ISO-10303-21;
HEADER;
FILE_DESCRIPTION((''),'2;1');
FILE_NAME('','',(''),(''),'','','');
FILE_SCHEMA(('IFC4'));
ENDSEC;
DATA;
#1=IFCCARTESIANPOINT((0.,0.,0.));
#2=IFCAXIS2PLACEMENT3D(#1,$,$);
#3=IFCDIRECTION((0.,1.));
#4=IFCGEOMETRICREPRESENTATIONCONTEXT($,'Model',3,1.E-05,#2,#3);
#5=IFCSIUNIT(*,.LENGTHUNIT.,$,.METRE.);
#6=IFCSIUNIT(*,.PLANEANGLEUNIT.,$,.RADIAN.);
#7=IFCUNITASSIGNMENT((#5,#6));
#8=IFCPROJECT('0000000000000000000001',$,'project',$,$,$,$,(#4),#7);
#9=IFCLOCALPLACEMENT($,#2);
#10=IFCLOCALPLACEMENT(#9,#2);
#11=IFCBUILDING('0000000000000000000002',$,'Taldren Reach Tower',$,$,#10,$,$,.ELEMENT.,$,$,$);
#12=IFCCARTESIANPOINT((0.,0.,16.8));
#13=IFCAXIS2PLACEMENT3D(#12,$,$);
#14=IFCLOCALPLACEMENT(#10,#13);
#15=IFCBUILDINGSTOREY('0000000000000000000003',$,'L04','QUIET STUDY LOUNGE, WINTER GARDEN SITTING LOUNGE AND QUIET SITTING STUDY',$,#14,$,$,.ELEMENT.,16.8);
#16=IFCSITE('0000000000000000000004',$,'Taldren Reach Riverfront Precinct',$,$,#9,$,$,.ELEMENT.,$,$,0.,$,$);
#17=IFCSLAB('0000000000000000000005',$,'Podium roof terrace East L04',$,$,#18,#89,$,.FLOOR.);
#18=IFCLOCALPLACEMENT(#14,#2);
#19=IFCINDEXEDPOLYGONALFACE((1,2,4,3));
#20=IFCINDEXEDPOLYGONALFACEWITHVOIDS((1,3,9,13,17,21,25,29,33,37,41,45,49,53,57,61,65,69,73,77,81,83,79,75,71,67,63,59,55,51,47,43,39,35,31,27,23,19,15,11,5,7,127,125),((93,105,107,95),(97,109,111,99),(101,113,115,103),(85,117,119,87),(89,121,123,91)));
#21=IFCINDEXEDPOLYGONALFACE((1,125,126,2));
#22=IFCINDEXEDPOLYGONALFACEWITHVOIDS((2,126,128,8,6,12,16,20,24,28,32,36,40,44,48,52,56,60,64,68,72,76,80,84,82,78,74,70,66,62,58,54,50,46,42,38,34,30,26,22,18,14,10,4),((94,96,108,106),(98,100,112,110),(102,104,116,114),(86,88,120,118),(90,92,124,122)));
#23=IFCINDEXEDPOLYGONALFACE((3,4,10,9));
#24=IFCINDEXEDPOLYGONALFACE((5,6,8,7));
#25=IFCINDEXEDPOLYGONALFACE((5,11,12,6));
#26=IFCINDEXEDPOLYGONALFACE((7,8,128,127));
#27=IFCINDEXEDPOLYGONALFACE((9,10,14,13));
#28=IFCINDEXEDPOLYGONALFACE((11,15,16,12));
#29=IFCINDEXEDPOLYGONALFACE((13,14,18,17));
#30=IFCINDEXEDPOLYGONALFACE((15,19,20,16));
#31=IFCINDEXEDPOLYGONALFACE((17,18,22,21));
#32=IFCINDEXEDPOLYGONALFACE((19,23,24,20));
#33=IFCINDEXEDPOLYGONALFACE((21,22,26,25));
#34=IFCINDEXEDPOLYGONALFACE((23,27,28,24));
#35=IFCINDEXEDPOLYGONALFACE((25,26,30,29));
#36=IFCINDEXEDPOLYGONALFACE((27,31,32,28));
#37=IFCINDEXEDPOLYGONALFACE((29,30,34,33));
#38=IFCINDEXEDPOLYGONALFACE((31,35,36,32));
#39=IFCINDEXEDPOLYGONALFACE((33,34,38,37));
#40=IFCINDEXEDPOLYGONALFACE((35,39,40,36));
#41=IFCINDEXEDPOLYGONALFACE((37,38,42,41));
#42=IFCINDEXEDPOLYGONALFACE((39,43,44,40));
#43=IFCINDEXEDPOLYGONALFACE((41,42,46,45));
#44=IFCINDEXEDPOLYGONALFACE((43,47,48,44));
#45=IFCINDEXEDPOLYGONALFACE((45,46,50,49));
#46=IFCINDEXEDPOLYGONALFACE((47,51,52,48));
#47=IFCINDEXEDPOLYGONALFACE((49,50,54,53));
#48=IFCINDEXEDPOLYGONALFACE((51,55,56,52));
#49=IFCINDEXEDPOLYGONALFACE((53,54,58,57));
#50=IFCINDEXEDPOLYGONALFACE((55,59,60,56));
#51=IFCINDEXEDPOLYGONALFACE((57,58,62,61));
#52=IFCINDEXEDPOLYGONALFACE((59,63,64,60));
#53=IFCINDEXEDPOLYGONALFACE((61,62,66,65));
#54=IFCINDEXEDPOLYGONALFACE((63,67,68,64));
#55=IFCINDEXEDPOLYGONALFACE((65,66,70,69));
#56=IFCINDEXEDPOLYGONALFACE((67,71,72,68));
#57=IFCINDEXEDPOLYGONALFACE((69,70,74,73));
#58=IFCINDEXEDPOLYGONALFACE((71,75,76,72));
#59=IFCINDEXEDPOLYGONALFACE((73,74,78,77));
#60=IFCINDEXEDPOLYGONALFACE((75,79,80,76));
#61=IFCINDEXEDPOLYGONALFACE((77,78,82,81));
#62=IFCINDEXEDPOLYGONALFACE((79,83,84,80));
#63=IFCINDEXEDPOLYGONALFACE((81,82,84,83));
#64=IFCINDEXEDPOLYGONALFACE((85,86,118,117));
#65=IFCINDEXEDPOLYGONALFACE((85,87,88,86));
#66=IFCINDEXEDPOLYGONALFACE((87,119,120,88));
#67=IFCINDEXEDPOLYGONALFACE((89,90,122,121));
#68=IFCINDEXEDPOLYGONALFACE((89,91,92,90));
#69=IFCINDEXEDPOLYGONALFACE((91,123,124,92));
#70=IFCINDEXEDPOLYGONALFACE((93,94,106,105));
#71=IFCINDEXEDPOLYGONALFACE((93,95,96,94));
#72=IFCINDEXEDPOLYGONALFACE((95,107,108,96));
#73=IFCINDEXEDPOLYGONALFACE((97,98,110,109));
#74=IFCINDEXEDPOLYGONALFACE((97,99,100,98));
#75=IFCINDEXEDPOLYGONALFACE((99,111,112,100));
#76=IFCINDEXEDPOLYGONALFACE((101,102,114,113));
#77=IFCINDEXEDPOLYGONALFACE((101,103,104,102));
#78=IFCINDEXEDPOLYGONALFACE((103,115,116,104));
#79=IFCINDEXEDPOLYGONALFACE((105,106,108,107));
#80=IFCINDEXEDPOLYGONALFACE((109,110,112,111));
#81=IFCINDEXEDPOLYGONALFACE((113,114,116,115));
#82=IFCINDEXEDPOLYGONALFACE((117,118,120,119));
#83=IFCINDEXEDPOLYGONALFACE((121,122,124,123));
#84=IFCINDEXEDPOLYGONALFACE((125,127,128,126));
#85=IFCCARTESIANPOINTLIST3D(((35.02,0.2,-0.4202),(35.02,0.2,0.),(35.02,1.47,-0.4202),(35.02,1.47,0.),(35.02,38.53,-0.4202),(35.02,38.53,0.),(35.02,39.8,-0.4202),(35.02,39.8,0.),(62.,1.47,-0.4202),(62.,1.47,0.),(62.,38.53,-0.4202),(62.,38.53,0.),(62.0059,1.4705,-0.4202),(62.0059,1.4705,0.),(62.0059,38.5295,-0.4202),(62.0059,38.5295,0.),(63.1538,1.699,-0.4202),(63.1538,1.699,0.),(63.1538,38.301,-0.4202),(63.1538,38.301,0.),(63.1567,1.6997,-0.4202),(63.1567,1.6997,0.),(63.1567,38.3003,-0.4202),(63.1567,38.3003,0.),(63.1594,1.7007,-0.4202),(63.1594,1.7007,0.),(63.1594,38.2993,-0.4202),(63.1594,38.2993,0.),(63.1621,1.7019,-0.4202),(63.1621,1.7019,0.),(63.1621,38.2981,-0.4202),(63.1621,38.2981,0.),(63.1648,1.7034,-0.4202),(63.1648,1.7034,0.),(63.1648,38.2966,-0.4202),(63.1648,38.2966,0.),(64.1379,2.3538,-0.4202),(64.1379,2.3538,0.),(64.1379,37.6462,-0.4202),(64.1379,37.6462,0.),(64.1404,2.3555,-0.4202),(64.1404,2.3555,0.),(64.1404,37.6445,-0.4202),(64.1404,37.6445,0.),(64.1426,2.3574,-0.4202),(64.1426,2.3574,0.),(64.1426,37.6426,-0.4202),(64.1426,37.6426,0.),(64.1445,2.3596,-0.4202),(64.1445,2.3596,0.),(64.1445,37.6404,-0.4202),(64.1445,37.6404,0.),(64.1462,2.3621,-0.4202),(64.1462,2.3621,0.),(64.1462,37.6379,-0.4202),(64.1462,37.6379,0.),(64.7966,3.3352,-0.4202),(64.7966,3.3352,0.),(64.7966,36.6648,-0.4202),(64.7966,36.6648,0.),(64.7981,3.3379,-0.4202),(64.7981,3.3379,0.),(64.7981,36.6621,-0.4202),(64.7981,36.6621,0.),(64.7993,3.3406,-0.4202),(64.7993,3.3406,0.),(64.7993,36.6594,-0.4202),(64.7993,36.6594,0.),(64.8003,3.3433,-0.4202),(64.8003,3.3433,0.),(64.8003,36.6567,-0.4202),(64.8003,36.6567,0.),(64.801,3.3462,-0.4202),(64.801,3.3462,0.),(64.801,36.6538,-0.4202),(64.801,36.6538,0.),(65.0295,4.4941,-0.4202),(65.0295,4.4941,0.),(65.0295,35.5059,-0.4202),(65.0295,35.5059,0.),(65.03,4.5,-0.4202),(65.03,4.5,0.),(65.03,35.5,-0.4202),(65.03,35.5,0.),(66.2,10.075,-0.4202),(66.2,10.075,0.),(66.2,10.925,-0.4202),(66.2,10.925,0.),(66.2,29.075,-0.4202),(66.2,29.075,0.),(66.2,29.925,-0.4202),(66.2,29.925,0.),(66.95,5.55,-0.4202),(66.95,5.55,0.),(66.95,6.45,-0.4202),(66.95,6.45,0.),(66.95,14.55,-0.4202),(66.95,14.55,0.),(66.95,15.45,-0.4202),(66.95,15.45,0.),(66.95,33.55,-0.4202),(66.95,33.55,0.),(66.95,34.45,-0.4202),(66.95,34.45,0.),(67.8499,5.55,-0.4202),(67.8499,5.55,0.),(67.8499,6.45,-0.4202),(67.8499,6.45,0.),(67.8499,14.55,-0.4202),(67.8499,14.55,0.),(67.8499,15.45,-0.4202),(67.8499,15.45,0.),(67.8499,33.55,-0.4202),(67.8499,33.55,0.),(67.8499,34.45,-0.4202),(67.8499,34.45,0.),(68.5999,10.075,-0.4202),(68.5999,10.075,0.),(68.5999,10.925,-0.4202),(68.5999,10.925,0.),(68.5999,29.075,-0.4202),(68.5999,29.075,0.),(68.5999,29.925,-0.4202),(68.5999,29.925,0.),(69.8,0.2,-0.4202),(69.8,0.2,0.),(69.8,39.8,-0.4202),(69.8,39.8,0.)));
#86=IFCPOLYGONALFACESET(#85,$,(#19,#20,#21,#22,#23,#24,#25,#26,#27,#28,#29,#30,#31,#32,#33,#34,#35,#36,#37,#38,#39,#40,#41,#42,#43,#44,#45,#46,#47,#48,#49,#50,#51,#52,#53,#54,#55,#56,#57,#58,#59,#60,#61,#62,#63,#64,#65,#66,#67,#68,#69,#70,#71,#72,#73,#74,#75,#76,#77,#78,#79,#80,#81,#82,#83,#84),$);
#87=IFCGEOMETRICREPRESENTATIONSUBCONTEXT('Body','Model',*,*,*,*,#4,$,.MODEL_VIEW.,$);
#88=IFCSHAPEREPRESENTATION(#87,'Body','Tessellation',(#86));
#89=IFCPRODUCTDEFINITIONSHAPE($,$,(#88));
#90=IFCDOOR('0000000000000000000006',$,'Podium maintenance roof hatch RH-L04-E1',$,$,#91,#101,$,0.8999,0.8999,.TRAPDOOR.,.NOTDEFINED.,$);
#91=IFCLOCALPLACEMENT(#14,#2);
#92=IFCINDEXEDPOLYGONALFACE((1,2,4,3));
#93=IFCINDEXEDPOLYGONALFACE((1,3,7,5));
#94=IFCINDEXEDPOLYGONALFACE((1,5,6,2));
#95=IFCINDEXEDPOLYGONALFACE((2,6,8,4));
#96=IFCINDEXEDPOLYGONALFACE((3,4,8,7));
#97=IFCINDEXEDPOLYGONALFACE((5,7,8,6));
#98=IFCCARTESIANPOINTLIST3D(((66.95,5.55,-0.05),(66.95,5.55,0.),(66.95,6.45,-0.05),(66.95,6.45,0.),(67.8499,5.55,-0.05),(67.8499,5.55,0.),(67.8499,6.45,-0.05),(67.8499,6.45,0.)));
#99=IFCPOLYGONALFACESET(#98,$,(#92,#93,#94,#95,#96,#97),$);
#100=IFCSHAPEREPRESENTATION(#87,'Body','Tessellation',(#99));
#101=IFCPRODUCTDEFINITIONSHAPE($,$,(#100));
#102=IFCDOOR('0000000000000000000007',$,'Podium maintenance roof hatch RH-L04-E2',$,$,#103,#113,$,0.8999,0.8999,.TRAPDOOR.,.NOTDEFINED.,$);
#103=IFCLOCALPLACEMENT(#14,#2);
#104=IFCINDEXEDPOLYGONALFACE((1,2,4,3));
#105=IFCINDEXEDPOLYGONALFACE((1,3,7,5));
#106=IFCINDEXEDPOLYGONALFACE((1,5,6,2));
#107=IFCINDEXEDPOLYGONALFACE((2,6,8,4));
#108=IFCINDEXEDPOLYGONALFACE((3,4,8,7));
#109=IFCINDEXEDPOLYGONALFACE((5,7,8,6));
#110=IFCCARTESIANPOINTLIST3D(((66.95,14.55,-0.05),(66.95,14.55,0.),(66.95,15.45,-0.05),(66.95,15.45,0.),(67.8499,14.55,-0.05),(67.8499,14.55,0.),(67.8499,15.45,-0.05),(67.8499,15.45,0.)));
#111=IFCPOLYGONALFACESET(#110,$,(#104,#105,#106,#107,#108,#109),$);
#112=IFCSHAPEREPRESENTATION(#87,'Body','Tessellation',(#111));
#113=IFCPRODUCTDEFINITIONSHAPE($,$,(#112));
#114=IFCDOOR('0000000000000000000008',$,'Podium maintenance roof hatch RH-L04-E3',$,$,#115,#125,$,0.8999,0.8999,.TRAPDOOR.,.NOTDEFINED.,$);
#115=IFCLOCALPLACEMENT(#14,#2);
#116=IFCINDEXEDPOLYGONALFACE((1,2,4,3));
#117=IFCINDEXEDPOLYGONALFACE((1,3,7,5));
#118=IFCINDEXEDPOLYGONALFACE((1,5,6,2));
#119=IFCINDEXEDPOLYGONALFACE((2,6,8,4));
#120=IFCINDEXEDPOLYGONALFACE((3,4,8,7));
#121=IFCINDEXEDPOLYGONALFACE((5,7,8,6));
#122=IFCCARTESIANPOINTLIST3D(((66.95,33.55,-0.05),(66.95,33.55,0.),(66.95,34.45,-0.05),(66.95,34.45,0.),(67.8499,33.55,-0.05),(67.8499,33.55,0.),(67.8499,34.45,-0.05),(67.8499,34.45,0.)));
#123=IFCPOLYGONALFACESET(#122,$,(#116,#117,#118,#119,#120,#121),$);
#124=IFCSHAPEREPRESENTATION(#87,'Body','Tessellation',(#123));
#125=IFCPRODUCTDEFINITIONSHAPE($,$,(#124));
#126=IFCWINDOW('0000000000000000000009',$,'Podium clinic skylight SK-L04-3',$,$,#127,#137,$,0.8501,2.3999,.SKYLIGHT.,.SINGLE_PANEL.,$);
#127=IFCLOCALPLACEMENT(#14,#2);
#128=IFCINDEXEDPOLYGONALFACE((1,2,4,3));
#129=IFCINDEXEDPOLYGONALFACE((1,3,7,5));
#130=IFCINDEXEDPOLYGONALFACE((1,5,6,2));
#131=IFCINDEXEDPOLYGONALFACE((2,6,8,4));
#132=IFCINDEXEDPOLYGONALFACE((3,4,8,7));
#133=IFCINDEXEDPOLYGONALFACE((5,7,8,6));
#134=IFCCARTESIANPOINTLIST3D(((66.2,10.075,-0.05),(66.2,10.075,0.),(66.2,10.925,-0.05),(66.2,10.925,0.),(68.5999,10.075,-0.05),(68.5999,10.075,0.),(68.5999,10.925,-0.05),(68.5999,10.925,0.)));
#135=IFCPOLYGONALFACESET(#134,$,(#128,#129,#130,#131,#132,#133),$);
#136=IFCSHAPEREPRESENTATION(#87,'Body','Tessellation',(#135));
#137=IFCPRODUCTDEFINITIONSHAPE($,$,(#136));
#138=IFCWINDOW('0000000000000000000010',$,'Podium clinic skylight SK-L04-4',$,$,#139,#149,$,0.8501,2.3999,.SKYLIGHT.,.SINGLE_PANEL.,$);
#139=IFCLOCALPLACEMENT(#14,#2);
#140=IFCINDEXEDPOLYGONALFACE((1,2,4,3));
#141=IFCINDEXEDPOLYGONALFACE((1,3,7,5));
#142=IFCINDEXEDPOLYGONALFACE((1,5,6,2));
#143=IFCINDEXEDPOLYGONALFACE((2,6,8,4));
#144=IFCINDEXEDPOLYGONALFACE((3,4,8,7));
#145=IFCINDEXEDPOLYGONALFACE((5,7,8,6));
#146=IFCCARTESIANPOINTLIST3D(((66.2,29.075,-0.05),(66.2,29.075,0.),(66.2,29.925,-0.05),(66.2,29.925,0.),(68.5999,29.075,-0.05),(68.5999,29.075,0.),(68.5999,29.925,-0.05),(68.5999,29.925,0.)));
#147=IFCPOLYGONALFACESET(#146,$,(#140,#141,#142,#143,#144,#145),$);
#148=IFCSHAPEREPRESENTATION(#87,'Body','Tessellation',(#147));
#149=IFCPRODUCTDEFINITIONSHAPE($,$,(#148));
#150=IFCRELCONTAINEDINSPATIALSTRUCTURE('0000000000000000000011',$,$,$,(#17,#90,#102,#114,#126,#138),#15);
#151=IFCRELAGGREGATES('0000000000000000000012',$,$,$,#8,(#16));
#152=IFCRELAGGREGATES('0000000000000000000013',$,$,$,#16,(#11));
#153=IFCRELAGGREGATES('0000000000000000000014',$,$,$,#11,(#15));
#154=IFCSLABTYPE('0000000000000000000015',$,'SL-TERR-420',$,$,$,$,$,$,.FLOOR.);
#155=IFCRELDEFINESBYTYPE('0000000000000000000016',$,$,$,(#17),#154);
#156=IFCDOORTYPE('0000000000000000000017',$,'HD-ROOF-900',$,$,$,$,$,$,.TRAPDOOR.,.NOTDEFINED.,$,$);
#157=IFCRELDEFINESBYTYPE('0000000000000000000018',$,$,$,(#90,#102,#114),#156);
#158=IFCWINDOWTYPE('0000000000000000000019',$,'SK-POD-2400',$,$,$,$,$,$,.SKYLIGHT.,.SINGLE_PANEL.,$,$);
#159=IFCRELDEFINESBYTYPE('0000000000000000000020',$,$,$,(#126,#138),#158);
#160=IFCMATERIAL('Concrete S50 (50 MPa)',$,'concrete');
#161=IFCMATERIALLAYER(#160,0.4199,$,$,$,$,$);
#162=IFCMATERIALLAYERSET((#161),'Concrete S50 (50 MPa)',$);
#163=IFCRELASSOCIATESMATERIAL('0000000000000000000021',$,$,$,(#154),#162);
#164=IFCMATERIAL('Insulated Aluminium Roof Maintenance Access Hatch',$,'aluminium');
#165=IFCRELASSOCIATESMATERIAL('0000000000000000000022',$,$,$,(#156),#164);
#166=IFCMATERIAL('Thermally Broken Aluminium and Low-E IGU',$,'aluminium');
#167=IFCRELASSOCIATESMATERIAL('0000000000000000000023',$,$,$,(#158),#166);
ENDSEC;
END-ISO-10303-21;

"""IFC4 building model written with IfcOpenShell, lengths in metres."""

from ifc_helpers import new_model, si_unit, direction, frame, origin, origin_2d, place, context, subcontext, project, spatial, polyline, rectangle, outline, extrude, material, layer, layer_set, type_object, element, fill, save


model = new_model("IFC4")

# Units and contexts
model_context = context("Model", 3, precision=1e-05, world=origin(), true_north=direction((0.0, 1.0)))
body_context = subcontext(model_context, "Body", "Model", "MODEL_VIEW")
ifc_project = project(units=[si_unit("LENGTHUNIT", "METRE"), si_unit("PLANEANGLEUNIT", "RADIAN")], contexts=[model_context])

# Site, building, storey
site_placement = place(None, origin())
site = spatial("IfcSite", under=ifc_project, at=site_placement, Name="Taldren Reach Riverfront Precinct", CompositionType="ELEMENT", RefElevation=0.0)
building_placement = place(site_placement, origin())
building = spatial("IfcBuilding", under=site, at=building_placement, Name="Taldren Reach Tower", CompositionType="ELEMENT")
storey_placement = place(building_placement, frame((0.0, 0.0, 16.8)))
storey = spatial("IfcBuildingStorey", under=building, at=storey_placement, Name="L04", Description="QUIET STUDY LOUNGE, WINTER GARDEN SITTING LOUNGE AND QUIET SITTING STUDY", CompositionType="ELEMENT", Elevation=16.8)

# Shared definitions
ifc_material_1 = material(Name="Concrete S50 (50 MPa)", Category="concrete")

# Slab, openings, doors, windows
ifc_layer_1 = layer(ifc_material_1, 0.4199)
ifc_layer_set_1 = layer_set([ifc_layer_1], Name="Concrete S50 (50 MPa)")
slab_type_1 = type_object("IfcSlabType", Name="SL-TERR-420", PredefinedType="FLOOR", material=ifc_layer_set_1)
ifc_material_2 = material(Name="Insulated Aluminium Roof Maintenance Access Hatch", Category="aluminium")
door_type = type_object("IfcDoorType", Name="HD-ROOF-900", OperationType="NOTDEFINED", PredefinedType="TRAPDOOR", material=ifc_material_2)
ifc_material_3 = material(Name="Thermally Broken Aluminium and Low-E IGU", Category="aluminium")
window_type = type_object("IfcWindowType", Name="SK-POD-2400", PartitioningType="SINGLE_PANEL", PredefinedType="SKYLIGHT", material=ifc_material_3)
slab_1_placement = place(storey_placement, frame((0.0, 0.0, -0.4202)))
slab_1 = element("IfcSlab", 1, at=slab_1_placement, inside=storey, type_object=slab_type_1, Name="Podium roof terrace East L04", PredefinedType="FLOOR", context=body_context, shape_type="SweptSolid", body=[
    extrude(outline(polyline([(35.02, 39.8), (69.8, 39.8), (69.8, 0.2), (35.02, 0.2), (35.02, 1.47), (62.0, 1.47), (62.0029, 1.4702), (62.0059, 1.4705), (63.1538, 1.699), (63.1567, 1.6997), (63.1594, 1.7007), (63.1621, 1.7019), (63.1648, 1.7034), (64.1379, 2.3538), (64.1404, 2.3555), (64.1426, 2.3574), (64.1445, 2.3596), (64.1462, 2.3621), (64.7966, 3.3352), (64.7981, 3.3379), (64.7993, 3.3406), (64.8003, 3.3433), (64.801, 3.3462), (65.0295, 4.4941), (65.0298, 4.4971), (65.03, 4.5), (65.03, 35.5), (65.0298, 35.5029), (65.0295, 35.5059), (64.801, 36.6538), (64.8003, 36.6567), (64.7993, 36.6594), (64.7981, 36.6621), (64.7966, 36.6648), (64.1462, 37.6379), (64.1445, 37.6404), (64.1426, 37.6426), (64.1404, 37.6445), (64.1379, 37.6462), (63.1648, 38.2966), (63.1621, 38.2981), (63.1594, 38.2993), (63.1567, 38.3003), (63.1538, 38.301), (62.0059, 38.5295), (62.0029, 38.5298), (62.0, 38.53), (35.02, 38.53), (35.02, 39.8)])), origin(), (0.0, 0.0, 1.0), 0.4202),
])
opening_1_placement = place(slab_1_placement, frame((67.3999, 10.5, -0.01)))
opening_1 = element("IfcOpeningElement", 2, at=opening_1_placement, cuts=slab_1, PredefinedType="OPENING", context=body_context, shape_type="SweptSolid", body=[
    extrude(rectangle(XDim=2.3999, YDim=0.8501, at=origin_2d()), origin(), (0.0, 0.0, 1.0), 0.4402),
])
opening_2_placement = place(slab_1_placement, frame((67.3999, 29.5, -0.01)))
opening_2 = element("IfcOpeningElement", 3, at=opening_2_placement, cuts=slab_1, PredefinedType="OPENING", context=body_context, shape_type="SweptSolid", body=[
    extrude(rectangle(XDim=2.3999, YDim=0.8501, at=origin_2d()), origin(), (0.0, 0.0, 1.0), 0.4402),
])
opening_3_placement = place(slab_1_placement, frame((67.3999, 6.0, -0.01)))
opening_3 = element("IfcOpeningElement", 4, at=opening_3_placement, cuts=slab_1, PredefinedType="OPENING", context=body_context, shape_type="SweptSolid", body=[
    extrude(rectangle(XDim=0.8999, YDim=0.8999, at=origin_2d()), origin(), (0.0, 0.0, 1.0), 0.4402),
])
opening_4_placement = place(slab_1_placement, frame((67.3999, 15.0, -0.01)))
opening_4 = element("IfcOpeningElement", 5, at=opening_4_placement, cuts=slab_1, PredefinedType="OPENING", context=body_context, shape_type="SweptSolid", body=[
    extrude(rectangle(XDim=0.8999, YDim=0.8999, at=origin_2d()), origin(), (0.0, 0.0, 1.0), 0.4402),
])
opening_5_placement = place(slab_1_placement, frame((67.3999, 34.0, -0.01)))
opening_5 = element("IfcOpeningElement", 6, at=opening_5_placement, cuts=slab_1, PredefinedType="OPENING", context=body_context, shape_type="SweptSolid", body=[
    extrude(rectangle(XDim=0.8999, YDim=0.8999, at=origin_2d()), origin(), (0.0, 0.0, 1.0), 0.4402),
])
door_1_placement = place(slab_1_placement, frame((67.3999, 6.0, 0.3701)))
door_1 = element("IfcDoor", 7, at=door_1_placement, inside=storey, type_object=door_type, Name="Podium maintenance roof hatch RH-L04-E1", OperationType="NOTDEFINED", OverallHeight=0.8999, OverallWidth=0.8999, PredefinedType="TRAPDOOR", context=body_context, shape_type="SweptSolid", body=[
    extrude(rectangle(XDim=0.8999, YDim=0.8999, at=origin_2d()), origin(), (0.0, 0.0, 1.0), 0.05),
])
fill(opening_3, door_1)
door_2_placement = place(slab_1_placement, frame((67.3999, 15.0, 0.3701)))
door_2 = element("IfcDoor", 8, at=door_2_placement, inside=storey, type_object=door_type, Name="Podium maintenance roof hatch RH-L04-E2", OperationType="NOTDEFINED", OverallHeight=0.8999, OverallWidth=0.8999, PredefinedType="TRAPDOOR", context=body_context, shape_type="SweptSolid", body=[
    extrude(rectangle(XDim=0.8999, YDim=0.8999, at=origin_2d()), origin(), (0.0, 0.0, 1.0), 0.05),
])
fill(opening_4, door_2)
door_3_placement = place(slab_1_placement, frame((67.3999, 34.0, 0.3701)))
door_3 = element("IfcDoor", 9, at=door_3_placement, inside=storey, type_object=door_type, Name="Podium maintenance roof hatch RH-L04-E3", OperationType="NOTDEFINED", OverallHeight=0.8999, OverallWidth=0.8999, PredefinedType="TRAPDOOR", context=body_context, shape_type="SweptSolid", body=[
    extrude(rectangle(XDim=0.8999, YDim=0.8999, at=origin_2d()), origin(), (0.0, 0.0, 1.0), 0.05),
])
fill(opening_5, door_3)
window_1_placement = place(slab_1_placement, frame((67.3999, 10.5, 0.3701)))
window_1 = element("IfcWindow", 10, at=window_1_placement, inside=storey, type_object=window_type, Name="Podium clinic skylight SK-L04-3", OverallHeight=0.8501, OverallWidth=2.3999, PartitioningType="SINGLE_PANEL", PredefinedType="SKYLIGHT", context=body_context, shape_type="SweptSolid", body=[
    extrude(rectangle(XDim=2.3999, YDim=0.8501, at=origin_2d()), origin(), (0.0, 0.0, 1.0), 0.05),
])
fill(opening_1, window_1)
window_2_placement = place(slab_1_placement, frame((67.3999, 29.5, 0.3701)))
window_2 = element("IfcWindow", 11, at=window_2_placement, inside=storey, type_object=window_type, Name="Podium clinic skylight SK-L04-4", OverallHeight=0.8501, OverallWidth=2.3999, PartitioningType="SINGLE_PANEL", PredefinedType="SKYLIGHT", context=body_context, shape_type="SweptSolid", body=[
    extrude(rectangle(XDim=2.3999, YDim=0.8501, at=origin_2d()), origin(), (0.0, 0.0, 1.0), 0.05),
])
fill(opening_2, window_2)

save(model, "model.ifc")
